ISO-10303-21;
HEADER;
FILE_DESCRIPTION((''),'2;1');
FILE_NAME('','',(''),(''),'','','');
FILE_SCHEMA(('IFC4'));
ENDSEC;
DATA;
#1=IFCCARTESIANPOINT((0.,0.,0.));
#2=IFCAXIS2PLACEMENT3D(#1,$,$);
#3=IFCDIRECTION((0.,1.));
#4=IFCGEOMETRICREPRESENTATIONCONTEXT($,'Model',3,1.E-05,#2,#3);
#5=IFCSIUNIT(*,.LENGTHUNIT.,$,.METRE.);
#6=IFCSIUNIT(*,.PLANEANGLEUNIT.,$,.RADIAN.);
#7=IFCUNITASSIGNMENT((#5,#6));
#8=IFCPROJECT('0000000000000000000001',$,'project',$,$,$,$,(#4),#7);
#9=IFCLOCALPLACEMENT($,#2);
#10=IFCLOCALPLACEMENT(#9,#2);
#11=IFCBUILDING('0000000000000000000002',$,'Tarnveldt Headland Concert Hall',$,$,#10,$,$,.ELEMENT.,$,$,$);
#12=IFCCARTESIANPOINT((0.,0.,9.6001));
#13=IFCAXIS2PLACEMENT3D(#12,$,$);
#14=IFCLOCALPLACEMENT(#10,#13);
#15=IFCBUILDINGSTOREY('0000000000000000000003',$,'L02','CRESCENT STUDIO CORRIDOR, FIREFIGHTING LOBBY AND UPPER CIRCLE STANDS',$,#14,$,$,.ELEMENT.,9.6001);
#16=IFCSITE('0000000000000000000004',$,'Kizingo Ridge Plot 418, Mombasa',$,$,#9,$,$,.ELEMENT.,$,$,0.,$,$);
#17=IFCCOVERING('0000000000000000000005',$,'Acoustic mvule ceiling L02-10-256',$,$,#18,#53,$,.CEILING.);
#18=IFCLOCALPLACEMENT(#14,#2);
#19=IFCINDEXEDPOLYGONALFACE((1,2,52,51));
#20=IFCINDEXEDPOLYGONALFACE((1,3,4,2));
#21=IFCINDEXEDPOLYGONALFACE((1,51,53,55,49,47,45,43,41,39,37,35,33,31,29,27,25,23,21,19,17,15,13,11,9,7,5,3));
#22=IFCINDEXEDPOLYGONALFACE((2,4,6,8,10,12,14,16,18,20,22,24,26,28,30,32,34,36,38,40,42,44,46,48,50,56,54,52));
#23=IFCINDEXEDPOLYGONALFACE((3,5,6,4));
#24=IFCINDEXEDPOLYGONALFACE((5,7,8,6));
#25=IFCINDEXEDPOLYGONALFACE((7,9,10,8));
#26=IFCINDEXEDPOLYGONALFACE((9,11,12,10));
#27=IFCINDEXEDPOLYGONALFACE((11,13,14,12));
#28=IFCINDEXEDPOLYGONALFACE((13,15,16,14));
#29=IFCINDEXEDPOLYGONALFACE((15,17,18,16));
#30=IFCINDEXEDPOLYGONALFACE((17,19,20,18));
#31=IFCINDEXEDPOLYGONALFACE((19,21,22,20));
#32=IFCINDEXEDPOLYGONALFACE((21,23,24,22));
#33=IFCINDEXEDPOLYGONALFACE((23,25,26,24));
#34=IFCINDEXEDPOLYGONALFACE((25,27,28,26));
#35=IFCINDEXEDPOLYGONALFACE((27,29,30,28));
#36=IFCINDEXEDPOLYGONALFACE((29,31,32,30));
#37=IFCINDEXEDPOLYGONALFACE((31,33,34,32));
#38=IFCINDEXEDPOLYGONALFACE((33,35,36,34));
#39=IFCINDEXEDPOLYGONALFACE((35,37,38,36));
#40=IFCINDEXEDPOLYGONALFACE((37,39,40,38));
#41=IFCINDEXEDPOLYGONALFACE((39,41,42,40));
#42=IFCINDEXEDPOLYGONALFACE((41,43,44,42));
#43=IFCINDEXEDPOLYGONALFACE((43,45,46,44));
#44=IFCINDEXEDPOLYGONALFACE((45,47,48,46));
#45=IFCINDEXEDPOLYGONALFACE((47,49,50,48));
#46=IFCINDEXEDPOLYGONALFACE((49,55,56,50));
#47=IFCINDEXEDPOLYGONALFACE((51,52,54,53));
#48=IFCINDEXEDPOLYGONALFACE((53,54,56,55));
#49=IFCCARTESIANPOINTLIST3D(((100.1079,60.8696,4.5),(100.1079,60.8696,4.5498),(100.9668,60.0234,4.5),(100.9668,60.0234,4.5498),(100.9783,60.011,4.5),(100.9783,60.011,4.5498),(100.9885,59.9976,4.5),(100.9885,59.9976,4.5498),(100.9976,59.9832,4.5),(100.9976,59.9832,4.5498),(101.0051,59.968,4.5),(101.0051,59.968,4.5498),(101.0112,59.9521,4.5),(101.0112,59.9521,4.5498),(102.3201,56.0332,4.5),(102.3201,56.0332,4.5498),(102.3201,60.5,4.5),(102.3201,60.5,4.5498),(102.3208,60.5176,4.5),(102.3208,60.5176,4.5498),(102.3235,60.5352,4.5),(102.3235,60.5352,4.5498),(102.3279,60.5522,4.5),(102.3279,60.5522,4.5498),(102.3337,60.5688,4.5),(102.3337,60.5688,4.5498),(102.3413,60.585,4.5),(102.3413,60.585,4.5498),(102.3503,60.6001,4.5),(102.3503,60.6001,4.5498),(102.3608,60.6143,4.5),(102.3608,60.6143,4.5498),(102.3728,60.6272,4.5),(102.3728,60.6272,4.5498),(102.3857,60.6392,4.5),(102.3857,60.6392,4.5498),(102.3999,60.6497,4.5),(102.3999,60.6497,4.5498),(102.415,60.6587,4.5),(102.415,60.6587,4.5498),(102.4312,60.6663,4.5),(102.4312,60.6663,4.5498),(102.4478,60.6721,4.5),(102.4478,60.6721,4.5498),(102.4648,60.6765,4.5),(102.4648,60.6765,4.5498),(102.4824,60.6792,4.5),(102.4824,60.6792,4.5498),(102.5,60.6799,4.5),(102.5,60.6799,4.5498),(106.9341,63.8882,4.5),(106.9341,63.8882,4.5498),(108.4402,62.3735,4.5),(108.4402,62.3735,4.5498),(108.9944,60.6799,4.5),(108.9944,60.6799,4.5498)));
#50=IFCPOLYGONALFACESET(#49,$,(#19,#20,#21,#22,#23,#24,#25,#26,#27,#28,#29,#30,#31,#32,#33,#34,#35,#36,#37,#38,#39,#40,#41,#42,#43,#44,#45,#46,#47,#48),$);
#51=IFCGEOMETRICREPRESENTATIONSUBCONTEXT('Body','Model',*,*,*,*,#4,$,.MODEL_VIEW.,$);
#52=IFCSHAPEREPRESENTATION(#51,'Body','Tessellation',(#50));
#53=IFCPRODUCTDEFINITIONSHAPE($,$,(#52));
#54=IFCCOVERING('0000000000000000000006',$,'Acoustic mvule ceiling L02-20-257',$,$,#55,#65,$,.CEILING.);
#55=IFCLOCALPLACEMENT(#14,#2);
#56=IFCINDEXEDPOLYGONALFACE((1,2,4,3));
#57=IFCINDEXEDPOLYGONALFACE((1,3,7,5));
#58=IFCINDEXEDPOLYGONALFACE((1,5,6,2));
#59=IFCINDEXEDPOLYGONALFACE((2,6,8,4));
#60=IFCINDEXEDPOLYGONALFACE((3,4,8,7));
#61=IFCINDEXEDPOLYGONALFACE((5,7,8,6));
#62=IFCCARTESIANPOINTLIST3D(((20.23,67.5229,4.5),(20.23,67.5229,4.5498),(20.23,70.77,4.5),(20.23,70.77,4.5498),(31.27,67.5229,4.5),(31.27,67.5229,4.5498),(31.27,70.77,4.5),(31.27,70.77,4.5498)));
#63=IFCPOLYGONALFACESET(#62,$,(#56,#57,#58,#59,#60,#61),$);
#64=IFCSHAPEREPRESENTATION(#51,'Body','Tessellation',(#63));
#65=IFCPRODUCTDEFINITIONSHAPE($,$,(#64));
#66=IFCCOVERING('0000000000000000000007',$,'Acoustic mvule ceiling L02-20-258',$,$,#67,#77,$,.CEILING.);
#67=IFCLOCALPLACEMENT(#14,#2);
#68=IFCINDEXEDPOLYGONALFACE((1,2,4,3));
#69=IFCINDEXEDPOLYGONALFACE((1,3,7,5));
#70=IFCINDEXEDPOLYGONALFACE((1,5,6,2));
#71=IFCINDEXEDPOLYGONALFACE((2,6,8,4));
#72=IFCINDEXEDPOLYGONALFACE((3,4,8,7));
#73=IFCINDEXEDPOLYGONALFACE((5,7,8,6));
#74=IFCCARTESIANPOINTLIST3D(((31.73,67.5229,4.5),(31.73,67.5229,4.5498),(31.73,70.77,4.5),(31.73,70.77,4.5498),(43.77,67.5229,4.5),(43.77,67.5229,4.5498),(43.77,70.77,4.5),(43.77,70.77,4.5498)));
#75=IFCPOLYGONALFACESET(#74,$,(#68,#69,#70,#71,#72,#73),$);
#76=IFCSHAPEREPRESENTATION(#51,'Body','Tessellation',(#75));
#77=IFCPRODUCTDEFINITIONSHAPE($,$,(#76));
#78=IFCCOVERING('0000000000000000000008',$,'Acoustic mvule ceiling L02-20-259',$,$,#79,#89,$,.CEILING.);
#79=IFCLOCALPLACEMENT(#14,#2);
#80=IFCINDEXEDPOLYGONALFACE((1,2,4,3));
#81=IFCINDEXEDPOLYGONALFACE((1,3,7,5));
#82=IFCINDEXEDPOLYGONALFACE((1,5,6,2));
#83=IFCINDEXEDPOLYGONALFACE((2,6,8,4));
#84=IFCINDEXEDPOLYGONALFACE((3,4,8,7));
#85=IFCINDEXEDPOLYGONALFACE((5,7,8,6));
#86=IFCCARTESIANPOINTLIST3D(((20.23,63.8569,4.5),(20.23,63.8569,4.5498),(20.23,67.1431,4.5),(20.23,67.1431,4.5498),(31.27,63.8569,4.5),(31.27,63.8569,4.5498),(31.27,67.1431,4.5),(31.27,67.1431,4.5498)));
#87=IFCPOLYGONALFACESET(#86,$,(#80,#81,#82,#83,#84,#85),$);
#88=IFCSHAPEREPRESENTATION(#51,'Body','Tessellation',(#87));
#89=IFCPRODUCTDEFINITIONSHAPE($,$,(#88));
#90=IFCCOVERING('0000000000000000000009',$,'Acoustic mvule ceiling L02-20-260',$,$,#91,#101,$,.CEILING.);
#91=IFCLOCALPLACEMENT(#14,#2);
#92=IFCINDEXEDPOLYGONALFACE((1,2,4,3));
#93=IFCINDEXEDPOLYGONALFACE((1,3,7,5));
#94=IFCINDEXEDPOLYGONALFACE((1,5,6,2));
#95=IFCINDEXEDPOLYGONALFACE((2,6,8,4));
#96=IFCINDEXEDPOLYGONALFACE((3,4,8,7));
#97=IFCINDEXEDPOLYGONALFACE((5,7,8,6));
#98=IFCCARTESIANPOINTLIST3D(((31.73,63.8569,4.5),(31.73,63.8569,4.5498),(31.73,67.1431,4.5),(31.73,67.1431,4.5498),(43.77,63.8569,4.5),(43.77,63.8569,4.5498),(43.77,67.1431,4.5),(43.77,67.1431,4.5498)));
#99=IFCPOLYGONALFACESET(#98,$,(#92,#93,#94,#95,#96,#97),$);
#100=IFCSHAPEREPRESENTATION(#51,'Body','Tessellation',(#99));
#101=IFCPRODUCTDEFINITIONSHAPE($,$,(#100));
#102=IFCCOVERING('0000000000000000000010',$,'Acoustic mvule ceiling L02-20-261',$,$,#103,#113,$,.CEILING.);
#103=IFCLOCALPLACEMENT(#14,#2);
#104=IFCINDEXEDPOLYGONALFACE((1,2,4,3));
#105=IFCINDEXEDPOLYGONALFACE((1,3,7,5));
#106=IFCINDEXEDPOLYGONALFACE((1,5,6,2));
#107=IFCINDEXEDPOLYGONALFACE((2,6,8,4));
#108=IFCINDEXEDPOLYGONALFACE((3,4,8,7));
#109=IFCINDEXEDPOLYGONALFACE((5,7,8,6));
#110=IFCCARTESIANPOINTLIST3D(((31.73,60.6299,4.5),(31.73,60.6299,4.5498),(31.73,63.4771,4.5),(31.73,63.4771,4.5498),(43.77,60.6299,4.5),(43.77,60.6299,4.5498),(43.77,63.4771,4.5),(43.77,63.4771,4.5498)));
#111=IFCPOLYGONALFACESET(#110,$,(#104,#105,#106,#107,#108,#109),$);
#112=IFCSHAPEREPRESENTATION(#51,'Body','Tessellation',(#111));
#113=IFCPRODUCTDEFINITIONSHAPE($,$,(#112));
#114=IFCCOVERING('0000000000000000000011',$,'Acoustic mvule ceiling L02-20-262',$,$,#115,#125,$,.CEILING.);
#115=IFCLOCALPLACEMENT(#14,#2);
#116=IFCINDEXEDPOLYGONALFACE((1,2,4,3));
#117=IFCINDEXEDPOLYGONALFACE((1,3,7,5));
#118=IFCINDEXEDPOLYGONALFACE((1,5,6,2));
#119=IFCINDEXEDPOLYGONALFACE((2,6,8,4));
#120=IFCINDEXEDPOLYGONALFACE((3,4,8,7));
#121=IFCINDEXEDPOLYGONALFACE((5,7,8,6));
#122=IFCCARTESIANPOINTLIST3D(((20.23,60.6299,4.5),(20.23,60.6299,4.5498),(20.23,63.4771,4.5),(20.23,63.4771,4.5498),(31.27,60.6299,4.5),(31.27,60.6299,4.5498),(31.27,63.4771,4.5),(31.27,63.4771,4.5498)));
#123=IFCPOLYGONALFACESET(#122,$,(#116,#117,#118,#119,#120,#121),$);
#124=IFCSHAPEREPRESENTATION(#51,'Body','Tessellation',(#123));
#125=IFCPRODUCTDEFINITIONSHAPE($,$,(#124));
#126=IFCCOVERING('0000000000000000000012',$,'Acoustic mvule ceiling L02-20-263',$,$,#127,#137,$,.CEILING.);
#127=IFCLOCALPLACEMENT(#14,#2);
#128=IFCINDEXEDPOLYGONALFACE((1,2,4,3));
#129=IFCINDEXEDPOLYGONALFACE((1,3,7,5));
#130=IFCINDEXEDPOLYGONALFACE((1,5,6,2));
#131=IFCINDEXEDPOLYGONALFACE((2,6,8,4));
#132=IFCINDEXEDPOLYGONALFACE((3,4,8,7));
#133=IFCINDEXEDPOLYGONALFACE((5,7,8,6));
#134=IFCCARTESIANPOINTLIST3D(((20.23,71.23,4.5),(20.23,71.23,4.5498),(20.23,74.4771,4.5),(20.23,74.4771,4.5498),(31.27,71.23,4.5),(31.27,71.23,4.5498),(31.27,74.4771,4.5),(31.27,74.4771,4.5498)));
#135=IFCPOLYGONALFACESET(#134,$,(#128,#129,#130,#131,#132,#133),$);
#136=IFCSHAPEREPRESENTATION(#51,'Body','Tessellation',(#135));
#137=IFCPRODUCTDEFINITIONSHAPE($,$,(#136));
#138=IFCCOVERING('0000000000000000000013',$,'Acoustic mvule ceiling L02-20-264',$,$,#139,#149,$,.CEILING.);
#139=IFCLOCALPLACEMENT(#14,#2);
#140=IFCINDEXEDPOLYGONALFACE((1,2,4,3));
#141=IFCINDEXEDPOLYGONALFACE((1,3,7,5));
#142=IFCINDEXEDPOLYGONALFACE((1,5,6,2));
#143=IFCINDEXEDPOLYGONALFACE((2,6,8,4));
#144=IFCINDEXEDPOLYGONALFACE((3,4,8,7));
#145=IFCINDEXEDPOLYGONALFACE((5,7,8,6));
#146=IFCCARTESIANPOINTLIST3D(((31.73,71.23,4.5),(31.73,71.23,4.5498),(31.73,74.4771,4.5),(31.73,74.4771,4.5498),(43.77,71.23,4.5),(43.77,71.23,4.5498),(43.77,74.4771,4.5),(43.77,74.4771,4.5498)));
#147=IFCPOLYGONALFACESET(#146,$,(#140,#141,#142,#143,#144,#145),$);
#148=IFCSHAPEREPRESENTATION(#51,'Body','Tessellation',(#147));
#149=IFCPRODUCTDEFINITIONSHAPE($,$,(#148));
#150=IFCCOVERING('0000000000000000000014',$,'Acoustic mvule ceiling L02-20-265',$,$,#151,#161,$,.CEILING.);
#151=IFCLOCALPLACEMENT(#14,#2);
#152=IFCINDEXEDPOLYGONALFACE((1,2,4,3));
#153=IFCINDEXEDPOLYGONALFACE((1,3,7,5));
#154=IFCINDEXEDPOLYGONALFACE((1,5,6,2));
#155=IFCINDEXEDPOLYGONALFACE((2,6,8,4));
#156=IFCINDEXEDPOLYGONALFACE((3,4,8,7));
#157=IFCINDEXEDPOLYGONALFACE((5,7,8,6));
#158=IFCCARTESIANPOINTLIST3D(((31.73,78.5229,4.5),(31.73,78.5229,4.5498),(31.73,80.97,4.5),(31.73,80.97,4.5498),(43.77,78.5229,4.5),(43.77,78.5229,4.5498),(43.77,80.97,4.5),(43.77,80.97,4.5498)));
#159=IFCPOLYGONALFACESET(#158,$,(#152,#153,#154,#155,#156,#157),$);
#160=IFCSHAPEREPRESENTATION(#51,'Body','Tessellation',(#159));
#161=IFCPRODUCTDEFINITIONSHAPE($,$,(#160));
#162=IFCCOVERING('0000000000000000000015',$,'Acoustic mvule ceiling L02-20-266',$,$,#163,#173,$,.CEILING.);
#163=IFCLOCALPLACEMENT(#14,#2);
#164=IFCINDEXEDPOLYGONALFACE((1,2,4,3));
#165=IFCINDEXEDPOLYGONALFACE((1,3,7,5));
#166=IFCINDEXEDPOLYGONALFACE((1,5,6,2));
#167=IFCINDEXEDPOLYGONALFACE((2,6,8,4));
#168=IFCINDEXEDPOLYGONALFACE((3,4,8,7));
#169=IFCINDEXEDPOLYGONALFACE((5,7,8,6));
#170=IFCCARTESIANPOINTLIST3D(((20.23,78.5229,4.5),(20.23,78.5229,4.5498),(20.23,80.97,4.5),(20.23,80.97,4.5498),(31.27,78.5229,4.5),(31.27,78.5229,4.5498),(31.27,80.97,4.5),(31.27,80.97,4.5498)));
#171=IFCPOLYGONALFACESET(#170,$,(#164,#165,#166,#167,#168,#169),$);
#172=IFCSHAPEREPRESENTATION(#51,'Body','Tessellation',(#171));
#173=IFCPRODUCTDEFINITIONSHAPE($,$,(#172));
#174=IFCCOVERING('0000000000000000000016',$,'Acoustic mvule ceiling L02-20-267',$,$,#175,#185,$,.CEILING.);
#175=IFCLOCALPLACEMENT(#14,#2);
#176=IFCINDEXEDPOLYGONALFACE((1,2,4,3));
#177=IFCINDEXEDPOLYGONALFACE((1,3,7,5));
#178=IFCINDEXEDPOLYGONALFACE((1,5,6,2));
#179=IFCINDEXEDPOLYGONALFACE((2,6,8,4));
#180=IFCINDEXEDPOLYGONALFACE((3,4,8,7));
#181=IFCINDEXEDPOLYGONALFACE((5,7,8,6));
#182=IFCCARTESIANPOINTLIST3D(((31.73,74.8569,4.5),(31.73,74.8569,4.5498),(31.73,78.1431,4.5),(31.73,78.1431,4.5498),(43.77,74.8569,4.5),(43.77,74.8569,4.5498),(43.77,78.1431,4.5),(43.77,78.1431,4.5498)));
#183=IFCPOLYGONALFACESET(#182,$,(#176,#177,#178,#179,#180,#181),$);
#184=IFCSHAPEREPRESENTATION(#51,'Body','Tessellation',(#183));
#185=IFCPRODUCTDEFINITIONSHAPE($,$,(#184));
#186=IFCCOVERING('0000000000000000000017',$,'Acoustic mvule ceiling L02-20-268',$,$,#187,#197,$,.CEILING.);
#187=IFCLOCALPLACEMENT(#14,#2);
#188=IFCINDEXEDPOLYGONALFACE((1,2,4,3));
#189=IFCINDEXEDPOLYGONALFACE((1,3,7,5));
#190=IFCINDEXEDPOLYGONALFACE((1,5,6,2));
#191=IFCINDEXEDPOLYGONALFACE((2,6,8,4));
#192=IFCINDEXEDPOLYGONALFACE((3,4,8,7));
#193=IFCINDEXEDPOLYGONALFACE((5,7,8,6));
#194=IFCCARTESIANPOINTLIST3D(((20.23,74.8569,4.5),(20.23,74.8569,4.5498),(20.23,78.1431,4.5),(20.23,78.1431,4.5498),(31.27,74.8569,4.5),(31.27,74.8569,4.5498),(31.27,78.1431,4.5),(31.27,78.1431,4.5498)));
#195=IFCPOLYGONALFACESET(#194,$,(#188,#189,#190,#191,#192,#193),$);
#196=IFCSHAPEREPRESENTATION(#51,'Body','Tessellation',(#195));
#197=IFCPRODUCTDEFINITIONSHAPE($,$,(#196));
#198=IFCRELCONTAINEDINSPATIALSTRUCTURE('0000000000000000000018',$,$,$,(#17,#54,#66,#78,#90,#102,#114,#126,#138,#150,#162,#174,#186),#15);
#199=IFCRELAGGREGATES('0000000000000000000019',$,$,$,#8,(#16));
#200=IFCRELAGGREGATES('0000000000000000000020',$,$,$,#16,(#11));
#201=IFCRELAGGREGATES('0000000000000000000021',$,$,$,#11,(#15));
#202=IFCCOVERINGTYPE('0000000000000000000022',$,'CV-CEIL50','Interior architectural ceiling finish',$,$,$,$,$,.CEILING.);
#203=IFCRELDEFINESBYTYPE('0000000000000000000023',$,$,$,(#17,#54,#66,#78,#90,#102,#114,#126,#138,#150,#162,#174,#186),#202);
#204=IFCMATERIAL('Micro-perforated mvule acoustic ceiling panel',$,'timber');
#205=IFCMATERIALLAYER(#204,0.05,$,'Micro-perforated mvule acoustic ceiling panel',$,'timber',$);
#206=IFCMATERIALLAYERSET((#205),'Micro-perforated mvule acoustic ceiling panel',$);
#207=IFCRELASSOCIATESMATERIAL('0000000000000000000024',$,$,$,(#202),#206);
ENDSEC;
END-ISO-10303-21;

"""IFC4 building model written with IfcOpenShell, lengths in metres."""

from ifc_helpers import new_model, si_unit, direction, frame, origin, place, context, subcontext, project, spatial, polyline, outline, extrude, material, layer, layer_set, type_object, element, save


model = new_model("IFC4")

# Units and contexts
model_context = context("Model", 3, precision=1e-05, world=origin(), true_north=direction((0.0, 1.0)))
body_context = subcontext(model_context, "Body", "Model", "MODEL_VIEW")
ifc_project = project(units=[si_unit("LENGTHUNIT", "METRE"), si_unit("PLANEANGLEUNIT", "RADIAN")], contexts=[model_context])

# Site, building, storey
site_placement = place(None, origin())
site = spatial("IfcSite", under=ifc_project, at=site_placement, Name="Kizingo Ridge Plot 418, Mombasa", CompositionType="ELEMENT", RefElevation=0.0)
building_placement = place(site_placement, origin())
building = spatial("IfcBuilding", under=site, at=building_placement, Name="Tarnveldt Headland Concert Hall", CompositionType="ELEMENT")
storey_placement = place(building_placement, frame((0.0, 0.0, 9.6001)))
storey = spatial("IfcBuildingStorey", under=building, at=storey_placement, Name="L02", Description="CRESCENT STUDIO CORRIDOR, FIREFIGHTING LOBBY AND UPPER CIRCLE STANDS", CompositionType="ELEMENT", Elevation=9.6001)

# Coverings
ifc_material_1 = material(Name="Micro-perforated mvule acoustic ceiling panel", Category="timber")
ifc_layer_1 = layer(ifc_material_1, 0.05, Name="Micro-perforated mvule acoustic ceiling panel", Category="timber")
ifc_layer_set_1 = layer_set([ifc_layer_1], Name="Micro-perforated mvule acoustic ceiling panel")
covering_type_1 = type_object("IfcCoveringType", Name="CV-CEIL50", Description="Interior architectural ceiling finish", PredefinedType="CEILING", material=ifc_layer_set_1)
covering_1_placement = place(storey_placement, frame((0.0, 0.0, 4.5)))
element("IfcCovering", 1, at=covering_1_placement, inside=storey, type_object=covering_type_1, Name="Acoustic mvule ceiling L02-10-256", PredefinedType="CEILING", context=body_context, shape_type="SweptSolid", body=[
    extrude(outline(polyline([(102.4478, 60.6721), (102.4312, 60.6663), (102.415, 60.6587), (102.3999, 60.6497), (102.3857, 60.6392), (102.3728, 60.6272), (102.3608, 60.6143), (102.3503, 60.6001), (102.3413, 60.585), (102.3337, 60.5688), (102.3279, 60.5522), (102.3235, 60.5352), (102.3208, 60.5176), (102.3201, 60.5), (102.3201, 56.0332), (101.0112, 59.9521), (101.0051, 59.968), (100.9976, 59.9832), (100.9885, 59.9976), (100.9783, 60.011), (100.9668, 60.0234), (100.1079, 60.8696), (106.9341, 63.8882), (108.4402, 62.3735), (108.9944, 60.6799), (102.5, 60.6799), (102.4824, 60.6792), (102.4648, 60.6765), (102.4478, 60.6721)])), origin(), (0.0, 0.0, 1.0), 0.0498),
])
covering_2_placement = place(storey_placement, frame((0.0, 0.0, 4.5)))
element("IfcCovering", 2, at=covering_2_placement, inside=storey, type_object=covering_type_1, Name="Acoustic mvule ceiling L02-20-257", PredefinedType="CEILING", context=body_context, shape_type="SweptSolid", body=[
    extrude(outline(polyline([(31.27, 67.5229), (20.23, 67.5229), (20.23, 70.77), (31.27, 70.77), (31.27, 67.5229)])), origin(), (0.0, 0.0, 1.0), 0.0498),
])
covering_3_placement = place(storey_placement, frame((0.0, 0.0, 4.5)))
element("IfcCovering", 3, at=covering_3_placement, inside=storey, type_object=covering_type_1, Name="Acoustic mvule ceiling L02-20-258", PredefinedType="CEILING", context=body_context, shape_type="SweptSolid", body=[
    extrude(outline(polyline([(43.77, 67.5229), (31.73, 67.5229), (31.73, 70.77), (43.77, 70.77), (43.77, 67.5229)])), origin(), (0.0, 0.0, 1.0), 0.0498),
])
covering_4_placement = place(storey_placement, frame((0.0, 0.0, 4.5)))
element("IfcCovering", 4, at=covering_4_placement, inside=storey, type_object=covering_type_1, Name="Acoustic mvule ceiling L02-20-259", PredefinedType="CEILING", context=body_context, shape_type="SweptSolid", body=[
    extrude(outline(polyline([(31.27, 63.8569), (20.23, 63.8569), (20.23, 67.1431), (31.27, 67.1431), (31.27, 63.8569)])), origin(), (0.0, 0.0, 1.0), 0.0498),
])
covering_5_placement = place(storey_placement, frame((0.0, 0.0, 4.5)))
element("IfcCovering", 5, at=covering_5_placement, inside=storey, type_object=covering_type_1, Name="Acoustic mvule ceiling L02-20-260", PredefinedType="CEILING", context=body_context, shape_type="SweptSolid", body=[
    extrude(outline(polyline([(43.77, 63.8569), (31.73, 63.8569), (31.73, 67.1431), (43.77, 67.1431), (43.77, 63.8569)])), origin(), (0.0, 0.0, 1.0), 0.0498),
])
covering_6_placement = place(storey_placement, frame((0.0, 0.0, 4.5)))
element("IfcCovering", 6, at=covering_6_placement, inside=storey, type_object=covering_type_1, Name="Acoustic mvule ceiling L02-20-261", PredefinedType="CEILING", context=body_context, shape_type="SweptSolid", body=[
    extrude(outline(polyline([(31.73, 60.6299), (31.73, 63.4771), (43.77, 63.4771), (43.77, 60.6299), (31.73, 60.6299)])), origin(), (0.0, 0.0, 1.0), 0.0498),
])
covering_7_placement = place(storey_placement, frame((0.0, 0.0, 4.5)))
element("IfcCovering", 7, at=covering_7_placement, inside=storey, type_object=covering_type_1, Name="Acoustic mvule ceiling L02-20-262", PredefinedType="CEILING", context=body_context, shape_type="SweptSolid", body=[
    extrude(outline(polyline([(20.23, 63.4771), (31.27, 63.4771), (31.27, 60.6299), (20.23, 60.6299), (20.23, 63.4771)])), origin(), (0.0, 0.0, 1.0), 0.0498),
])
covering_8_placement = place(storey_placement, frame((0.0, 0.0, 4.5)))
element("IfcCovering", 8, at=covering_8_placement, inside=storey, type_object=covering_type_1, Name="Acoustic mvule ceiling L02-20-263", PredefinedType="CEILING", context=body_context, shape_type="SweptSolid", body=[
    extrude(outline(polyline([(31.27, 71.23), (20.23, 71.23), (20.23, 74.4771), (31.27, 74.4771), (31.27, 71.23)])), origin(), (0.0, 0.0, 1.0), 0.0498),
])
covering_9_placement = place(storey_placement, frame((0.0, 0.0, 4.5)))
element("IfcCovering", 9, at=covering_9_placement, inside=storey, type_object=covering_type_1, Name="Acoustic mvule ceiling L02-20-264", PredefinedType="CEILING", context=body_context, shape_type="SweptSolid", body=[
    extrude(outline(polyline([(43.77, 71.23), (31.73, 71.23), (31.73, 74.4771), (43.77, 74.4771), (43.77, 71.23)])), origin(), (0.0, 0.0, 1.0), 0.0498),
])
covering_10_placement = place(storey_placement, frame((0.0, 0.0, 4.5)))
element("IfcCovering", 10, at=covering_10_placement, inside=storey, type_object=covering_type_1, Name="Acoustic mvule ceiling L02-20-265", PredefinedType="CEILING", context=body_context, shape_type="SweptSolid", body=[
    extrude(outline(polyline([(31.73, 78.5229), (31.73, 80.97), (43.77, 80.97), (43.77, 78.5229), (31.73, 78.5229)])), origin(), (0.0, 0.0, 1.0), 0.0498),
])
covering_11_placement = place(storey_placement, frame((0.0, 0.0, 4.5)))
element("IfcCovering", 11, at=covering_11_placement, inside=storey, type_object=covering_type_1, Name="Acoustic mvule ceiling L02-20-266", PredefinedType="CEILING", context=body_context, shape_type="SweptSolid", body=[
    extrude(outline(polyline([(20.23, 80.97), (31.27, 80.97), (31.27, 78.5229), (20.23, 78.5229), (20.23, 80.97)])), origin(), (0.0, 0.0, 1.0), 0.0498),
])
covering_12_placement = place(storey_placement, frame((0.0, 0.0, 4.5)))
element("IfcCovering", 12, at=covering_12_placement, inside=storey, type_object=covering_type_1, Name="Acoustic mvule ceiling L02-20-267", PredefinedType="CEILING", context=body_context, shape_type="SweptSolid", body=[
    extrude(outline(polyline([(31.73, 78.1431), (43.77, 78.1431), (43.77, 74.8569), (31.73, 74.8569), (31.73, 78.1431)])), origin(), (0.0, 0.0, 1.0), 0.0498),
])
covering_13_placement = place(storey_placement, frame((0.0, 0.0, 4.5)))
element("IfcCovering", 13, at=covering_13_placement, inside=storey, type_object=covering_type_1, Name="Acoustic mvule ceiling L02-20-268", PredefinedType="CEILING", context=body_context, shape_type="SweptSolid", body=[
    extrude(outline(polyline([(20.23, 78.1431), (31.27, 78.1431), (31.27, 74.8569), (20.23, 74.8569), (20.23, 78.1431)])), origin(), (0.0, 0.0, 1.0), 0.0498),
])

save(model, "model.ifc")
